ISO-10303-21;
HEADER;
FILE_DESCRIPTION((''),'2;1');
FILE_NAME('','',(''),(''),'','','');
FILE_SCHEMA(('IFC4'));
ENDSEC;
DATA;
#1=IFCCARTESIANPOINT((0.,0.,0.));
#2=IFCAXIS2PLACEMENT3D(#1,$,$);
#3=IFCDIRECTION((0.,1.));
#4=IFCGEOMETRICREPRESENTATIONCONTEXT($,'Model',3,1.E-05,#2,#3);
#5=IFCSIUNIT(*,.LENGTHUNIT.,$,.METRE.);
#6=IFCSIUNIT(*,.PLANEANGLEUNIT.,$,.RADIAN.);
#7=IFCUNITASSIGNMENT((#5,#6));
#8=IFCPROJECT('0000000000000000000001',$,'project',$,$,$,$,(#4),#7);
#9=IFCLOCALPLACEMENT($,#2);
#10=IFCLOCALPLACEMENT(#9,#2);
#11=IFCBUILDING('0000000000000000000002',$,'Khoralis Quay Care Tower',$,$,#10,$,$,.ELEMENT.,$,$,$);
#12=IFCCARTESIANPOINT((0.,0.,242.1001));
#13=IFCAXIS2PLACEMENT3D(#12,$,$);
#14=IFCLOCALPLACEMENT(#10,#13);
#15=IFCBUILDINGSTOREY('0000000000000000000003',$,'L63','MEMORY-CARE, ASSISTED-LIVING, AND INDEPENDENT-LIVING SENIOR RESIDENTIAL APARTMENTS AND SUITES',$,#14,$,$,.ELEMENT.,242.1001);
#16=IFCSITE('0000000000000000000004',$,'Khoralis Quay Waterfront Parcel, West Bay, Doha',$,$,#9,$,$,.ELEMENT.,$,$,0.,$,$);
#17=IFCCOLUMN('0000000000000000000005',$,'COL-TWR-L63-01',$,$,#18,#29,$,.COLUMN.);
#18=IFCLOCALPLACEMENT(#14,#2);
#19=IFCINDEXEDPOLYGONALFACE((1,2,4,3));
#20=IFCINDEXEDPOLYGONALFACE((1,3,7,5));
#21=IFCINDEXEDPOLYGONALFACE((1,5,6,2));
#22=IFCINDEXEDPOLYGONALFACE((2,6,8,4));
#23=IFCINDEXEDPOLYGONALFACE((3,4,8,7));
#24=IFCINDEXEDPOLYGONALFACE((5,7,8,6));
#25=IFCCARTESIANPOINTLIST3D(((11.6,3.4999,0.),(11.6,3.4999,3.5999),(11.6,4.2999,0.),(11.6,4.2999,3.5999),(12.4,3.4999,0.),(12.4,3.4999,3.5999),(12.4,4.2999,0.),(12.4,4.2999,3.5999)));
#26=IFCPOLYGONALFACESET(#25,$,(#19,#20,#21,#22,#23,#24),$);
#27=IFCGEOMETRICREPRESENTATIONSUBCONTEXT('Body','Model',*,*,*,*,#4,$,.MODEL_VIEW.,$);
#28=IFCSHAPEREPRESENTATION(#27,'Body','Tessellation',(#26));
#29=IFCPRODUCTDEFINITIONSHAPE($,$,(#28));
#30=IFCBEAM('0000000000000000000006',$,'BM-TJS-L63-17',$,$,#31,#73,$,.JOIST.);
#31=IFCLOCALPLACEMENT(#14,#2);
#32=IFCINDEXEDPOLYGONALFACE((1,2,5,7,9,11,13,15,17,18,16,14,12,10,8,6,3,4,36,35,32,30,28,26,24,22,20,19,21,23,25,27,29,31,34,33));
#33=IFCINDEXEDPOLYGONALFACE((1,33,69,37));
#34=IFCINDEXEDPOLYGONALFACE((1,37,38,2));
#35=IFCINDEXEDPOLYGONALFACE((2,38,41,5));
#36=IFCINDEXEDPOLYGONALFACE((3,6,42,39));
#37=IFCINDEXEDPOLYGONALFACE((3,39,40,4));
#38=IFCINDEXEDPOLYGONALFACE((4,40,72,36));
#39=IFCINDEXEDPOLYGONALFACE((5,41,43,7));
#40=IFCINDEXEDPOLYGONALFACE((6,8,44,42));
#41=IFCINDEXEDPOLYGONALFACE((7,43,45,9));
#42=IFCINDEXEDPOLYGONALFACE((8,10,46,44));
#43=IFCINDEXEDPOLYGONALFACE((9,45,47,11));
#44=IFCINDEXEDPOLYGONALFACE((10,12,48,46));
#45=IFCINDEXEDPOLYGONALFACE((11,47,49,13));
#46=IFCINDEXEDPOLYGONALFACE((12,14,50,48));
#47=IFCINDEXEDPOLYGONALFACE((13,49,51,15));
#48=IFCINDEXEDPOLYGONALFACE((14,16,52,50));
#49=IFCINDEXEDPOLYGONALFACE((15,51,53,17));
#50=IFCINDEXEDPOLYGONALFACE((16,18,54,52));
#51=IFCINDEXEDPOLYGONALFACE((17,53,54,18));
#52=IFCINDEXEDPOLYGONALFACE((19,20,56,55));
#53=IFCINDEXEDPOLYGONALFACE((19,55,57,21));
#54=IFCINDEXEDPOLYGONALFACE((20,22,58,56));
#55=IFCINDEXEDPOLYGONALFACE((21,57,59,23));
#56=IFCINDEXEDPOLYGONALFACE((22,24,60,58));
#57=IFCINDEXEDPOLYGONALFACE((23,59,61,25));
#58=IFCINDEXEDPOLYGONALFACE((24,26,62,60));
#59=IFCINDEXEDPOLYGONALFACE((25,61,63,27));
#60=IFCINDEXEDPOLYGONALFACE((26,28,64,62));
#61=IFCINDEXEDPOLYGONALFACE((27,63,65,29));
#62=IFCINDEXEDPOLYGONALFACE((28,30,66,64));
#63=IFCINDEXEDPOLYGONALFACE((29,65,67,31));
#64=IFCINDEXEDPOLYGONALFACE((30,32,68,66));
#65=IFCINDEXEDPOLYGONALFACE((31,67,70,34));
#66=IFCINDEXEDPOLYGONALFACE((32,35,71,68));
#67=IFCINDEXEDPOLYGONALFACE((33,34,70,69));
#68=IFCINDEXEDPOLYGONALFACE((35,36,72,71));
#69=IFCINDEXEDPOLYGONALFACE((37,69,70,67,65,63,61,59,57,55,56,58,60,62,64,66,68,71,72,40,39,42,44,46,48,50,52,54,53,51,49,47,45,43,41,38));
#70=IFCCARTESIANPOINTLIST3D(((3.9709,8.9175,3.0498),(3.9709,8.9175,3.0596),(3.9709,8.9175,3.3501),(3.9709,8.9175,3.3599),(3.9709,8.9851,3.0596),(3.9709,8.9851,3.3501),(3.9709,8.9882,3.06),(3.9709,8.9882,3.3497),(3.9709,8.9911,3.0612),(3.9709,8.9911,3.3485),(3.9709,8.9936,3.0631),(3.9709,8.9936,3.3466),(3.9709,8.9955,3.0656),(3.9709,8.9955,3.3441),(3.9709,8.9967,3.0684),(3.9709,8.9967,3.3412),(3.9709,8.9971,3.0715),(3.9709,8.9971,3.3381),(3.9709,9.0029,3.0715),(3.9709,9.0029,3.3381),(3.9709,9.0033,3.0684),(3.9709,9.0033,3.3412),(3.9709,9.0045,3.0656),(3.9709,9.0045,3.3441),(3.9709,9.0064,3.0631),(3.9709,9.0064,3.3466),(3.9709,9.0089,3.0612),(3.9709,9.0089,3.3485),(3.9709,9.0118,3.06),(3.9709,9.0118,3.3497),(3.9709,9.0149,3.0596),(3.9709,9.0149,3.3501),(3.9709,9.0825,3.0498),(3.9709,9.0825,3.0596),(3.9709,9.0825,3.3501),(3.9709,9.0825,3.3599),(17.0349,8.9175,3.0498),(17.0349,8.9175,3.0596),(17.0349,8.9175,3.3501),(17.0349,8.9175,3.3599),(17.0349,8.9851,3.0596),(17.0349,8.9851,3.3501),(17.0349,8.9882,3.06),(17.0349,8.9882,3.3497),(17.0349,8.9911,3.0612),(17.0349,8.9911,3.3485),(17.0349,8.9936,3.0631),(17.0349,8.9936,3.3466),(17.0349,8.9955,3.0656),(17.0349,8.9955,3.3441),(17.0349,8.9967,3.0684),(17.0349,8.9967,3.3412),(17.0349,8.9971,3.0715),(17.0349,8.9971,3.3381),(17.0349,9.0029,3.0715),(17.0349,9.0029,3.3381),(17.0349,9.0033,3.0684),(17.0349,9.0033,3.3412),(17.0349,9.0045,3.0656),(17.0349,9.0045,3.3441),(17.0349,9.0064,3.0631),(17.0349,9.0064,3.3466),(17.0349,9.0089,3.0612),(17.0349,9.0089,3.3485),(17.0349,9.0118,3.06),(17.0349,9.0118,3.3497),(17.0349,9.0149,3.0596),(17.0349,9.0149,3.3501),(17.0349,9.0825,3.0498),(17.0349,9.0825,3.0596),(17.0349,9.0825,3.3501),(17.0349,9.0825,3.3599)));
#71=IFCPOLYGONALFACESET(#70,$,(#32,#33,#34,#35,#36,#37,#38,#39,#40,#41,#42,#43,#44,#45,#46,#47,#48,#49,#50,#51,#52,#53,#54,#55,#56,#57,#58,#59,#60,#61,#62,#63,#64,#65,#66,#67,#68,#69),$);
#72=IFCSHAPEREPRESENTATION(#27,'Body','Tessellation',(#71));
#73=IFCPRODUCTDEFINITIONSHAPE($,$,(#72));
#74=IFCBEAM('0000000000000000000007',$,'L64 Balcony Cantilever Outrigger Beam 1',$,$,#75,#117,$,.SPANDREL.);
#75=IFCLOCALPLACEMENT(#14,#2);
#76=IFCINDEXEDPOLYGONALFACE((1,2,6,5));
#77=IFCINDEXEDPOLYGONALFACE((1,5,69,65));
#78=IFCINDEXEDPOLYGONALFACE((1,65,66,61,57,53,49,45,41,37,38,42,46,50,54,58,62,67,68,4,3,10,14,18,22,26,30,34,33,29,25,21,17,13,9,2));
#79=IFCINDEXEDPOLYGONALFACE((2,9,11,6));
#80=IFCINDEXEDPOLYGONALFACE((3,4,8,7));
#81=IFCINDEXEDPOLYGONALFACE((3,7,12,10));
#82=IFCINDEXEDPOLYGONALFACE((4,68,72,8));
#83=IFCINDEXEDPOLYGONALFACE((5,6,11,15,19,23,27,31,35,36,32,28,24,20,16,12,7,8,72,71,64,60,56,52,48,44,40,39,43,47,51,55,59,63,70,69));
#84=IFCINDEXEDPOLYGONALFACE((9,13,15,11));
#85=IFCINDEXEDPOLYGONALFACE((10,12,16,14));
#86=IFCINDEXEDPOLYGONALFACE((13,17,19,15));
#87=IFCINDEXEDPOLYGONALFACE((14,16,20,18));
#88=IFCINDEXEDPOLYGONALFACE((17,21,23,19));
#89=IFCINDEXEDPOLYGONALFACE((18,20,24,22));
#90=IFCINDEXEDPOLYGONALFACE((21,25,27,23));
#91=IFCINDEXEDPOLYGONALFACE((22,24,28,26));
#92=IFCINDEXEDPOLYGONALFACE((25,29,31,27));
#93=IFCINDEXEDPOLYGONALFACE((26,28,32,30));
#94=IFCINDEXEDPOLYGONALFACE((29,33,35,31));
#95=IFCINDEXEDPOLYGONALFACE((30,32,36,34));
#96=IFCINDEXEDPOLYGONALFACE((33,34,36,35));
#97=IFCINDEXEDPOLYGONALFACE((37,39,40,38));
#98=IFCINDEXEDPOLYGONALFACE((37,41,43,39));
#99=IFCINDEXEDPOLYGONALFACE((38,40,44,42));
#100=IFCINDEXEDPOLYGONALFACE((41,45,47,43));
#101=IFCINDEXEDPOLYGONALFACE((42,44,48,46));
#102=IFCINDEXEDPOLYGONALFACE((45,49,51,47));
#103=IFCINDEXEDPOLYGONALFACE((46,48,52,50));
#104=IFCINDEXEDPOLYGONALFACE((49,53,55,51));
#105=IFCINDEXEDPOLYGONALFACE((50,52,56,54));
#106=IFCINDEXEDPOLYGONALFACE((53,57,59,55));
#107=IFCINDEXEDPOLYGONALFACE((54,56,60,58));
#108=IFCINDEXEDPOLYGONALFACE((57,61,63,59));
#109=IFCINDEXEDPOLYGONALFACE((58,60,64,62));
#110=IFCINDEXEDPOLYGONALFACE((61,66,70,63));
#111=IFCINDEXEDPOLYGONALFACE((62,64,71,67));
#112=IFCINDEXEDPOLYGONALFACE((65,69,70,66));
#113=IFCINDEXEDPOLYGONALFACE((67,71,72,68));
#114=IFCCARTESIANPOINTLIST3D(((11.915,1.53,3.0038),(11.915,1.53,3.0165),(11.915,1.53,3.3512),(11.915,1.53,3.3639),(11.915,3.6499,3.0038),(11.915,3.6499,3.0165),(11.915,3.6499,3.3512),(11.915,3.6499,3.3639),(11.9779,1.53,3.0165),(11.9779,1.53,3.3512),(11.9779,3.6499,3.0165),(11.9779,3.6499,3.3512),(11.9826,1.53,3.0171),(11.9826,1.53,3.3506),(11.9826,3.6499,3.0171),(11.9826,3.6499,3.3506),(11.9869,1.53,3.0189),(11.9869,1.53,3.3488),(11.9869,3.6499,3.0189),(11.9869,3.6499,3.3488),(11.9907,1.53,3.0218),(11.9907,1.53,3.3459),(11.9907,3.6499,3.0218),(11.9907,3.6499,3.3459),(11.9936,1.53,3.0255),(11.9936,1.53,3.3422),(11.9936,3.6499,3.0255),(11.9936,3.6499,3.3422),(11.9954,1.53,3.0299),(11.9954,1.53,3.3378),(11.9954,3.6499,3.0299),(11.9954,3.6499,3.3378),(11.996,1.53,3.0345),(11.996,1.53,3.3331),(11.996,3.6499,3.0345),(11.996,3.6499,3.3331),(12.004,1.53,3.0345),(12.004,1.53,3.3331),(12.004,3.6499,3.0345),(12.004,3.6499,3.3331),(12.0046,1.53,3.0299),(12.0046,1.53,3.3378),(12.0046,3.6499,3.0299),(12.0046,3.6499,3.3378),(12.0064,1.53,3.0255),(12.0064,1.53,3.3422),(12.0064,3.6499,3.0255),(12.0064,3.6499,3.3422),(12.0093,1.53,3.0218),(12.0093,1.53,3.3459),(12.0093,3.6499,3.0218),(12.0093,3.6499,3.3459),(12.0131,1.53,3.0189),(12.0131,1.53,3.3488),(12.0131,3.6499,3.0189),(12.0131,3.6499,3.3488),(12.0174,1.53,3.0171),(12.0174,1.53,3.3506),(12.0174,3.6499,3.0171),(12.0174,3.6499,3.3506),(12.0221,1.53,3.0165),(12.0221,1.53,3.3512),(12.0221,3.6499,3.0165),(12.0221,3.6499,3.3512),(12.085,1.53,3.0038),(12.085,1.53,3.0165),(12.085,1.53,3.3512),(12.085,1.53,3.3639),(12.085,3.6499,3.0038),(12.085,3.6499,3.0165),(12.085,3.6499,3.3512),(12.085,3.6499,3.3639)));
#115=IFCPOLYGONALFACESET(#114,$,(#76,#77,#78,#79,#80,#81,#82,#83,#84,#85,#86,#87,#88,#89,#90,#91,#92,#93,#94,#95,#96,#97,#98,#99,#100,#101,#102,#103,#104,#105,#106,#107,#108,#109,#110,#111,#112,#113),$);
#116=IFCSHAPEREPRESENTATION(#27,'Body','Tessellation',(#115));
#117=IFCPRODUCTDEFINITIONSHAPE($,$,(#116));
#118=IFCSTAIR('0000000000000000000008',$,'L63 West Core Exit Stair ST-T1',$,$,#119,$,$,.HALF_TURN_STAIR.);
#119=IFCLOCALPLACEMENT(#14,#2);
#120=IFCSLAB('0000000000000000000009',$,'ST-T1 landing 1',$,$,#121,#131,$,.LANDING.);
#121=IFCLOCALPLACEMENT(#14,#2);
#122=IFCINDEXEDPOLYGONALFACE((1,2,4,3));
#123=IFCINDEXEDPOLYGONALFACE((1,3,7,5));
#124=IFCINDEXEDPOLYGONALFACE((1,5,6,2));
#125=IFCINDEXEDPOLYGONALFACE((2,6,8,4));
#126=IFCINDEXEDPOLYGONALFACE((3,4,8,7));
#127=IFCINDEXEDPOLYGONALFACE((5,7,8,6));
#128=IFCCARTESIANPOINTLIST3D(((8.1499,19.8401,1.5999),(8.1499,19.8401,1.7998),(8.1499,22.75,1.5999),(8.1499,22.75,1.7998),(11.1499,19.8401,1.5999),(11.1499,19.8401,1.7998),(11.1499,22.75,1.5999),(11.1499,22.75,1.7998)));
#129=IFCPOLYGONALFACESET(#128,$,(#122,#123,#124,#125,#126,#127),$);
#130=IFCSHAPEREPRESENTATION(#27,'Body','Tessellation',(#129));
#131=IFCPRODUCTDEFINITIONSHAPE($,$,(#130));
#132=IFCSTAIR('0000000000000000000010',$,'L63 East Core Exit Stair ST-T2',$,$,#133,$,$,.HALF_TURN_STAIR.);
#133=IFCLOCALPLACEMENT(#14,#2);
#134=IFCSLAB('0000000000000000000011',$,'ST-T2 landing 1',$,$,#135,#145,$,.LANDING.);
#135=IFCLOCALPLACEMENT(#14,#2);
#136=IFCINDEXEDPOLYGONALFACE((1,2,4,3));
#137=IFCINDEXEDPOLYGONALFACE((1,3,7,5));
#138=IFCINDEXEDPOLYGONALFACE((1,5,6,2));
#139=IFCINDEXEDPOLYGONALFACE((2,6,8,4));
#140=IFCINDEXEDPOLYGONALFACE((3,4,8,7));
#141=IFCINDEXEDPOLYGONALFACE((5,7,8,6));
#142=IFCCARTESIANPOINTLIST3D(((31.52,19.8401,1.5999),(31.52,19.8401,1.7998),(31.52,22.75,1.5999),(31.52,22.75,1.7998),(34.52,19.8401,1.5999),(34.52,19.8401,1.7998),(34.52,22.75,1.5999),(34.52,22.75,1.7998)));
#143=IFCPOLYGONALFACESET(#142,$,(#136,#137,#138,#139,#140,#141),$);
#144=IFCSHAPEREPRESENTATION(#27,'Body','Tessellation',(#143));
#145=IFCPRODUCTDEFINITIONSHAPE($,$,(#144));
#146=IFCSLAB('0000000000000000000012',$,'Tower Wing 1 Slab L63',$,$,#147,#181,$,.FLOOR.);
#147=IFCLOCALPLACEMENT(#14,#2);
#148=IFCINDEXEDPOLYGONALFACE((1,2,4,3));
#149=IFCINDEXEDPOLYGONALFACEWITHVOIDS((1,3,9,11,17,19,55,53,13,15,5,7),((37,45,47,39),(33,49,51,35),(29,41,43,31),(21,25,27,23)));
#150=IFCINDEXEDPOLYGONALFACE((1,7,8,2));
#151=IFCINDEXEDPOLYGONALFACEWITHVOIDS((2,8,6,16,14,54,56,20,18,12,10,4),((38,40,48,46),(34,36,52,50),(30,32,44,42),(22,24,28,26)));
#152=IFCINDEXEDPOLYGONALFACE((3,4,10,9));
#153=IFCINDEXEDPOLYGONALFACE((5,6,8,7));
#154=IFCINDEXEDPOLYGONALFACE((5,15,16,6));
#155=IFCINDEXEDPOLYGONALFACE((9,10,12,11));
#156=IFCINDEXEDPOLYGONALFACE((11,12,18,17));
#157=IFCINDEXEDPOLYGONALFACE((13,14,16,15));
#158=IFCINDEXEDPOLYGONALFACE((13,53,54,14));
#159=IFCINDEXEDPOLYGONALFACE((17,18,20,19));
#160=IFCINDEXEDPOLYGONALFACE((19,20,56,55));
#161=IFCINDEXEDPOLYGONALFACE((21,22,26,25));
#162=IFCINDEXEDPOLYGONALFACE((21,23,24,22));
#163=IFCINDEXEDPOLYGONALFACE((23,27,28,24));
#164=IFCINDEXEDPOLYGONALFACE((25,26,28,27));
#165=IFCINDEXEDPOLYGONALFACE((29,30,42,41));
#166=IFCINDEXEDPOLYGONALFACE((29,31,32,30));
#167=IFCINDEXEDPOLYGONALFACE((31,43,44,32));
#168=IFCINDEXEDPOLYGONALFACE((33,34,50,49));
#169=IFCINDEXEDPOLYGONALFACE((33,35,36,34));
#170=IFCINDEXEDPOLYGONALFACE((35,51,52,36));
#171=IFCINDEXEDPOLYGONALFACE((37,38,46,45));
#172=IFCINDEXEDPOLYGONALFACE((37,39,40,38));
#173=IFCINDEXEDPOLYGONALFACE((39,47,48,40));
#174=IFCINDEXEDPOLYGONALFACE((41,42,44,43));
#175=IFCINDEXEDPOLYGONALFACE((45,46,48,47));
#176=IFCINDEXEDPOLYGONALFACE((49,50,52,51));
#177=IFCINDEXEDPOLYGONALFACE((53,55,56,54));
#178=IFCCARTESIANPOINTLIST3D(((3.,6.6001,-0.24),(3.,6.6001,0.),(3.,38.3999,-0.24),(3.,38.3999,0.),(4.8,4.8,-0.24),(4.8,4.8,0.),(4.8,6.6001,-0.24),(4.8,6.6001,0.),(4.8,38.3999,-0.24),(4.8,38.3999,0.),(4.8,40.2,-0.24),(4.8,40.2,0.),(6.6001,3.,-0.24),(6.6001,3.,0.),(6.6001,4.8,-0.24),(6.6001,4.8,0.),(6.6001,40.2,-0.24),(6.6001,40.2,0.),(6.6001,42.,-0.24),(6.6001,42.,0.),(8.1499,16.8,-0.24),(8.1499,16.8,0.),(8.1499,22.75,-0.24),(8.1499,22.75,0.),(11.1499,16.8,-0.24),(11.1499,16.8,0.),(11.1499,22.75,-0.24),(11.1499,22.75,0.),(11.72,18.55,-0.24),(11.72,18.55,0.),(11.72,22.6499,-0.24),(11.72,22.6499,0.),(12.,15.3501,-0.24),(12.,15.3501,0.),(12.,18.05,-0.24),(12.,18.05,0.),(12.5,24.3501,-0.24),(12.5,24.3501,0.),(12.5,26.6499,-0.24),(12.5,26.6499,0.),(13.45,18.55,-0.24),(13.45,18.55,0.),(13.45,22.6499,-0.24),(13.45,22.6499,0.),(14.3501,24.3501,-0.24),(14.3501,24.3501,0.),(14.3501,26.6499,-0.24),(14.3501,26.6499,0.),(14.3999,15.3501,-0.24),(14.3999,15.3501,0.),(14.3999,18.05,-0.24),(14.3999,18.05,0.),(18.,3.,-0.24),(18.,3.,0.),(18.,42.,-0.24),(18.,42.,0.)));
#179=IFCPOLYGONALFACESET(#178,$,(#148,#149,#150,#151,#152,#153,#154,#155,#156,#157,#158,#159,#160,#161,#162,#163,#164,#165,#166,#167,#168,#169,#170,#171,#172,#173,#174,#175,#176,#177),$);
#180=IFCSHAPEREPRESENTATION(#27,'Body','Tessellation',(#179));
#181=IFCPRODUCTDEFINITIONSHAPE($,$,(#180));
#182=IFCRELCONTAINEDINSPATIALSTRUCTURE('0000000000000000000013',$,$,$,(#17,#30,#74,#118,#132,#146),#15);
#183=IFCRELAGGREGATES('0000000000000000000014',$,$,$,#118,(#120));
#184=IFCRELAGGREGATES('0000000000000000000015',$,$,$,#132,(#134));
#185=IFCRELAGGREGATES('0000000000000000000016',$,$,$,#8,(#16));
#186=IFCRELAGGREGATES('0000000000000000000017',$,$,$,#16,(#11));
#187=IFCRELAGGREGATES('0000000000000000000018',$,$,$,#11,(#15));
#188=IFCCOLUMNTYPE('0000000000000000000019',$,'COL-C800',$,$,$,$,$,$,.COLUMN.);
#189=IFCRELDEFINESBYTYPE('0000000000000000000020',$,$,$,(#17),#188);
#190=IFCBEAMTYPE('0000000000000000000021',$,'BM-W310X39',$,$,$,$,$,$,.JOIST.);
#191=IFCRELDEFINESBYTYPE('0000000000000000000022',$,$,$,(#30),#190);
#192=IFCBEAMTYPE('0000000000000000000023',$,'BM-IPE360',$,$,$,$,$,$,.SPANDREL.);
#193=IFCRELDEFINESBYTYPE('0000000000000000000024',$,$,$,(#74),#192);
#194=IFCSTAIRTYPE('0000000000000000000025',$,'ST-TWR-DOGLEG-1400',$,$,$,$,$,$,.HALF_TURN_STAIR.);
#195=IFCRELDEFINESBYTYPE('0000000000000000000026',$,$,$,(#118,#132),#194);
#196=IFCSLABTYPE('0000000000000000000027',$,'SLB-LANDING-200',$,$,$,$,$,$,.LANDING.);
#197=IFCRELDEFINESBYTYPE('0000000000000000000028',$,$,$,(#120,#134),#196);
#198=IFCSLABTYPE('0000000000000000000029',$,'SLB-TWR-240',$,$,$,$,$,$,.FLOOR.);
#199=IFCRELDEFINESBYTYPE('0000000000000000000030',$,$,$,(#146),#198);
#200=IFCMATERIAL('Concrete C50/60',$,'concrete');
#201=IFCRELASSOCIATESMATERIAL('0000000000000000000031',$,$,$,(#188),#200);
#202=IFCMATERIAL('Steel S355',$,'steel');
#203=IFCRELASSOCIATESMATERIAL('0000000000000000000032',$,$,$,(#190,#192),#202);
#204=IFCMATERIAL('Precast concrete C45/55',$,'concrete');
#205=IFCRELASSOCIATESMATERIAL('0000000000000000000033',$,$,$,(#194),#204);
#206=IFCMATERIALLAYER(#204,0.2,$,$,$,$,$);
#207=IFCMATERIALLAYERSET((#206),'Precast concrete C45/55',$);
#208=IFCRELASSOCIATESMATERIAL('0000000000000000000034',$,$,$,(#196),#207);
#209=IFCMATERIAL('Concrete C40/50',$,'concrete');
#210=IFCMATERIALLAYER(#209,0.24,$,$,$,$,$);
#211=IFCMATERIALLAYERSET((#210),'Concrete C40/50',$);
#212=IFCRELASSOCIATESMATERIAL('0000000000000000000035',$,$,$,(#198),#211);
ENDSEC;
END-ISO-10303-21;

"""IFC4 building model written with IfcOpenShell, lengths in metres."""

from ifc_helpers import new_model, si_unit, direction, frame, origin, origin_2d, place, context, subcontext, project, spatial, polyline, rectangle, i_section, outline, extrude, source, transform, mapped, material, layer, layer_set, material_profile, profile_set, type_object, element, aggregate, save


model = new_model("IFC4")

# Units and contexts
model_context = context("Model", 3, precision=1e-05, world=origin(), true_north=direction((0.0, 1.0)))
body_context = subcontext(model_context, "Body", "Model", "MODEL_VIEW")
ifc_project = project(units=[si_unit("LENGTHUNIT", "METRE"), si_unit("PLANEANGLEUNIT", "RADIAN")], contexts=[model_context])

# Site, building, storey
site_placement = place(None, origin())
site = spatial("IfcSite", under=ifc_project, at=site_placement, Name="Khoralis Quay Waterfront Parcel, West Bay, Doha", CompositionType="ELEMENT", RefElevation=0.0)
building_placement = place(site_placement, origin())
building = spatial("IfcBuilding", under=site, at=building_placement, Name="Khoralis Quay Care Tower", CompositionType="ELEMENT")
storey_placement = place(building_placement, frame((0.0, 0.0, 242.1001)))
storey = spatial("IfcBuildingStorey", under=building, at=storey_placement, Name="L63", Description="MEMORY-CARE, ASSISTED-LIVING, AND INDEPENDENT-LIVING SENIOR RESIDENTIAL APARTMENTS AND SUITES", CompositionType="ELEMENT", Elevation=242.1001)

# Column
ifc_material_1 = material(Name="Concrete C50/60", Category="concrete")
ifc_material_profile_1 = material_profile(ifc_material_1, rectangle(XDim=0.8, YDim=0.8, at=origin_2d()), Name="Concrete C50/60")
ifc_profile_set_1 = profile_set([ifc_material_profile_1], Name="Concrete C50/60")
column_type = type_object("IfcColumnType", Name="COL-C800", PredefinedType="COLUMN", material=ifc_profile_set_1)
shared_shape_1 = source(origin(), body_context, "Body", "SweptSolid", [
    extrude(rectangle(XDim=0.8, YDim=0.8, at=origin_2d()), origin(), (0.0, 0.0, 1.0), 3.5999),
])
column_placement = place(storey_placement, frame((12.0, 3.8999, 0.0), z_axis=(0.0, 0.0, 1.0), x_axis=(1.0, 0.0, 0.0)))
element("IfcColumn", 1, at=column_placement, inside=storey, type_object=column_type, Name="COL-TWR-L63-01", PredefinedType="COLUMN", context=body_context, shape_type="MappedRepresentation", body=[
    mapped(shared_shape_1, transform((0.0, 0.0, 0.0), scale=1.0)),
])

# Beams
ifc_material_2 = material(Name="Steel S355", Category="steel")
ifc_material_profile_2 = material_profile(ifc_material_2, i_section(OverallWidth=0.165, OverallDepth=0.3101, WebThickness=0.0059, FlangeThickness=0.0098, FilletRadius=0.012, at=origin_2d()), Name="Steel S355")
ifc_profile_set_2 = profile_set([ifc_material_profile_2], Name="Steel S355")
beam_type_1 = type_object("IfcBeamType", Name="BM-W310X39", PredefinedType="JOIST", material=ifc_profile_set_2)
shared_shape_2 = source(origin(), body_context, "Body", "SweptSolid", [
    extrude(i_section(OverallWidth=0.165, OverallDepth=0.3101, WebThickness=0.0059, FlangeThickness=0.0098, FilletRadius=0.012, at=origin_2d()), origin(), (0.0, 0.0, 1.0), 13.064),
])
beam_1_placement = place(storey_placement, frame((3.9709, 9.0, 3.2048), z_axis=(1.0, 0.0, 0.0), x_axis=(0.0, 1.0, 0.0)))
element("IfcBeam", 2, at=beam_1_placement, inside=storey, type_object=beam_type_1, Name="BM-TJS-L63-17", PredefinedType="JOIST", context=body_context, shape_type="MappedRepresentation", body=[
    mapped(shared_shape_2, transform((0.0, 0.0, 0.0), scale=1.0)),
])
ifc_material_profile_3 = material_profile(ifc_material_2, i_section(OverallWidth=0.1699, OverallDepth=0.3601, WebThickness=0.0081, FlangeThickness=0.0127, FilletRadius=0.0181, at=origin_2d()), Name="Steel S355")
ifc_profile_set_3 = profile_set([ifc_material_profile_3], Name="Steel S355")
beam_type_2 = type_object("IfcBeamType", Name="BM-IPE360", PredefinedType="SPANDREL", material=ifc_profile_set_3)
shared_shape_3 = source(origin(), body_context, "Body", "SweptSolid", [
    extrude(i_section(OverallWidth=0.1699, OverallDepth=0.3601, WebThickness=0.0081, FlangeThickness=0.0127, FilletRadius=0.0181, at=origin_2d()), origin(), (0.0, 0.0, 1.0), 2.1199),
])
beam_2_placement = place(storey_placement, frame((12.0, 3.6499, 3.1838), z_axis=(0.0, -1.0, 0.0), x_axis=(1.0, 0.0, 0.0)))
element("IfcBeam", 3, at=beam_2_placement, inside=storey, type_object=beam_type_2, Name="L64 Balcony Cantilever Outrigger Beam 1", PredefinedType="SPANDREL", context=body_context, shape_type="MappedRepresentation", body=[
    mapped(shared_shape_3, transform((0.0, 0.0, 0.0), scale=1.0)),
])

# Stairs, slabs
ifc_material_3 = material(Name="Precast concrete C45/55", Category="concrete")
stair_type = type_object("IfcStairType", Name="ST-TWR-DOGLEG-1400", PredefinedType="HALF_TURN_STAIR", material=ifc_material_3)
stair_1_placement = place(storey_placement, origin())
stair_1 = element("IfcStair", 4, at=stair_1_placement, inside=storey, type_object=stair_type, Name="L63 West Core Exit Stair ST-T1", PredefinedType="HALF_TURN_STAIR")
ifc_layer_1 = layer(ifc_material_3, 0.2)
ifc_layer_set_1 = layer_set([ifc_layer_1], Name="Precast concrete C45/55")
slab_type_1 = type_object("IfcSlabType", Name="SLB-LANDING-200", PredefinedType="LANDING", material=ifc_layer_set_1)
slab_1_placement = place(storey_placement, frame((0.0, 0.0, 1.5999)))
slab_1 = element("IfcSlab", 5, at=slab_1_placement, type_object=slab_type_1, Name="ST-T1 landing 1", PredefinedType="LANDING", context=body_context, shape_type="SweptSolid", body=[
    extrude(outline(polyline([(11.1499, 19.8401), (11.1499, 22.75), (8.1499, 22.75), (8.1499, 19.8401), (11.1499, 19.8401)])), origin(), (0.0, 0.0, 1.0), 0.2),
])
aggregate(stair_1, [slab_1])
stair_2_placement = place(storey_placement, origin())
stair_2 = element("IfcStair", 6, at=stair_2_placement, inside=storey, type_object=stair_type, Name="L63 East Core Exit Stair ST-T2", PredefinedType="HALF_TURN_STAIR")
slab_2_placement = place(storey_placement, frame((0.0, 0.0, 1.5999)))
slab_2 = element("IfcSlab", 7, at=slab_2_placement, type_object=slab_type_1, Name="ST-T2 landing 1", PredefinedType="LANDING", context=body_context, shape_type="SweptSolid", body=[
    extrude(outline(polyline([(34.52, 19.8401), (34.52, 22.75), (31.52, 22.75), (31.52, 19.8401), (34.52, 19.8401)])), origin(), (0.0, 0.0, 1.0), 0.2),
])
aggregate(stair_2, [slab_2])

# Slab
ifc_material_4 = material(Name="Concrete C40/50", Category="concrete")
ifc_layer_2 = layer(ifc_material_4, 0.24)
ifc_layer_set_2 = layer_set([ifc_layer_2], Name="Concrete C40/50")
slab_type_2 = type_object("IfcSlabType", Name="SLB-TWR-240", PredefinedType="FLOOR", material=ifc_layer_set_2)
slab_3_placement = place(storey_placement, frame((0.0, 0.0, -0.24)))
element("IfcSlab", 8, at=slab_3_placement, inside=storey, type_object=slab_type_2, Name="Tower Wing 1 Slab L63", PredefinedType="FLOOR", context=body_context, shape_type="SweptSolid", body=[
    extrude(outline(polyline([(6.6001, 3.0), (18.0, 3.0), (18.0, 42.0), (6.6001, 42.0), (6.6001, 40.2), (4.8, 40.2), (4.8, 38.3999), (3.0, 38.3999), (3.0, 6.6001), (4.8, 6.6001), (4.8, 4.8), (6.6001, 4.8), (6.6001, 3.0)]), holes=[polyline([(11.1499, 16.8), (11.1499, 22.75), (8.1499, 22.75), (8.1499, 16.8), (11.1499, 16.8)]), polyline([(12.0, 15.3501), (14.3999, 15.3501), (14.3999, 18.05), (12.0, 18.05), (12.0, 15.3501)]), polyline([(12.5, 24.3501), (14.3501, 24.3501), (14.3501, 26.6499), (12.5, 26.6499), (12.5, 24.3501)]), polyline([(11.72, 18.55), (13.45, 18.55), (13.45, 22.6499), (11.72, 22.6499), (11.72, 18.55)])]), origin(), (0.0, 0.0, 1.0), 0.24),
])

save(model, "model.ifc")
